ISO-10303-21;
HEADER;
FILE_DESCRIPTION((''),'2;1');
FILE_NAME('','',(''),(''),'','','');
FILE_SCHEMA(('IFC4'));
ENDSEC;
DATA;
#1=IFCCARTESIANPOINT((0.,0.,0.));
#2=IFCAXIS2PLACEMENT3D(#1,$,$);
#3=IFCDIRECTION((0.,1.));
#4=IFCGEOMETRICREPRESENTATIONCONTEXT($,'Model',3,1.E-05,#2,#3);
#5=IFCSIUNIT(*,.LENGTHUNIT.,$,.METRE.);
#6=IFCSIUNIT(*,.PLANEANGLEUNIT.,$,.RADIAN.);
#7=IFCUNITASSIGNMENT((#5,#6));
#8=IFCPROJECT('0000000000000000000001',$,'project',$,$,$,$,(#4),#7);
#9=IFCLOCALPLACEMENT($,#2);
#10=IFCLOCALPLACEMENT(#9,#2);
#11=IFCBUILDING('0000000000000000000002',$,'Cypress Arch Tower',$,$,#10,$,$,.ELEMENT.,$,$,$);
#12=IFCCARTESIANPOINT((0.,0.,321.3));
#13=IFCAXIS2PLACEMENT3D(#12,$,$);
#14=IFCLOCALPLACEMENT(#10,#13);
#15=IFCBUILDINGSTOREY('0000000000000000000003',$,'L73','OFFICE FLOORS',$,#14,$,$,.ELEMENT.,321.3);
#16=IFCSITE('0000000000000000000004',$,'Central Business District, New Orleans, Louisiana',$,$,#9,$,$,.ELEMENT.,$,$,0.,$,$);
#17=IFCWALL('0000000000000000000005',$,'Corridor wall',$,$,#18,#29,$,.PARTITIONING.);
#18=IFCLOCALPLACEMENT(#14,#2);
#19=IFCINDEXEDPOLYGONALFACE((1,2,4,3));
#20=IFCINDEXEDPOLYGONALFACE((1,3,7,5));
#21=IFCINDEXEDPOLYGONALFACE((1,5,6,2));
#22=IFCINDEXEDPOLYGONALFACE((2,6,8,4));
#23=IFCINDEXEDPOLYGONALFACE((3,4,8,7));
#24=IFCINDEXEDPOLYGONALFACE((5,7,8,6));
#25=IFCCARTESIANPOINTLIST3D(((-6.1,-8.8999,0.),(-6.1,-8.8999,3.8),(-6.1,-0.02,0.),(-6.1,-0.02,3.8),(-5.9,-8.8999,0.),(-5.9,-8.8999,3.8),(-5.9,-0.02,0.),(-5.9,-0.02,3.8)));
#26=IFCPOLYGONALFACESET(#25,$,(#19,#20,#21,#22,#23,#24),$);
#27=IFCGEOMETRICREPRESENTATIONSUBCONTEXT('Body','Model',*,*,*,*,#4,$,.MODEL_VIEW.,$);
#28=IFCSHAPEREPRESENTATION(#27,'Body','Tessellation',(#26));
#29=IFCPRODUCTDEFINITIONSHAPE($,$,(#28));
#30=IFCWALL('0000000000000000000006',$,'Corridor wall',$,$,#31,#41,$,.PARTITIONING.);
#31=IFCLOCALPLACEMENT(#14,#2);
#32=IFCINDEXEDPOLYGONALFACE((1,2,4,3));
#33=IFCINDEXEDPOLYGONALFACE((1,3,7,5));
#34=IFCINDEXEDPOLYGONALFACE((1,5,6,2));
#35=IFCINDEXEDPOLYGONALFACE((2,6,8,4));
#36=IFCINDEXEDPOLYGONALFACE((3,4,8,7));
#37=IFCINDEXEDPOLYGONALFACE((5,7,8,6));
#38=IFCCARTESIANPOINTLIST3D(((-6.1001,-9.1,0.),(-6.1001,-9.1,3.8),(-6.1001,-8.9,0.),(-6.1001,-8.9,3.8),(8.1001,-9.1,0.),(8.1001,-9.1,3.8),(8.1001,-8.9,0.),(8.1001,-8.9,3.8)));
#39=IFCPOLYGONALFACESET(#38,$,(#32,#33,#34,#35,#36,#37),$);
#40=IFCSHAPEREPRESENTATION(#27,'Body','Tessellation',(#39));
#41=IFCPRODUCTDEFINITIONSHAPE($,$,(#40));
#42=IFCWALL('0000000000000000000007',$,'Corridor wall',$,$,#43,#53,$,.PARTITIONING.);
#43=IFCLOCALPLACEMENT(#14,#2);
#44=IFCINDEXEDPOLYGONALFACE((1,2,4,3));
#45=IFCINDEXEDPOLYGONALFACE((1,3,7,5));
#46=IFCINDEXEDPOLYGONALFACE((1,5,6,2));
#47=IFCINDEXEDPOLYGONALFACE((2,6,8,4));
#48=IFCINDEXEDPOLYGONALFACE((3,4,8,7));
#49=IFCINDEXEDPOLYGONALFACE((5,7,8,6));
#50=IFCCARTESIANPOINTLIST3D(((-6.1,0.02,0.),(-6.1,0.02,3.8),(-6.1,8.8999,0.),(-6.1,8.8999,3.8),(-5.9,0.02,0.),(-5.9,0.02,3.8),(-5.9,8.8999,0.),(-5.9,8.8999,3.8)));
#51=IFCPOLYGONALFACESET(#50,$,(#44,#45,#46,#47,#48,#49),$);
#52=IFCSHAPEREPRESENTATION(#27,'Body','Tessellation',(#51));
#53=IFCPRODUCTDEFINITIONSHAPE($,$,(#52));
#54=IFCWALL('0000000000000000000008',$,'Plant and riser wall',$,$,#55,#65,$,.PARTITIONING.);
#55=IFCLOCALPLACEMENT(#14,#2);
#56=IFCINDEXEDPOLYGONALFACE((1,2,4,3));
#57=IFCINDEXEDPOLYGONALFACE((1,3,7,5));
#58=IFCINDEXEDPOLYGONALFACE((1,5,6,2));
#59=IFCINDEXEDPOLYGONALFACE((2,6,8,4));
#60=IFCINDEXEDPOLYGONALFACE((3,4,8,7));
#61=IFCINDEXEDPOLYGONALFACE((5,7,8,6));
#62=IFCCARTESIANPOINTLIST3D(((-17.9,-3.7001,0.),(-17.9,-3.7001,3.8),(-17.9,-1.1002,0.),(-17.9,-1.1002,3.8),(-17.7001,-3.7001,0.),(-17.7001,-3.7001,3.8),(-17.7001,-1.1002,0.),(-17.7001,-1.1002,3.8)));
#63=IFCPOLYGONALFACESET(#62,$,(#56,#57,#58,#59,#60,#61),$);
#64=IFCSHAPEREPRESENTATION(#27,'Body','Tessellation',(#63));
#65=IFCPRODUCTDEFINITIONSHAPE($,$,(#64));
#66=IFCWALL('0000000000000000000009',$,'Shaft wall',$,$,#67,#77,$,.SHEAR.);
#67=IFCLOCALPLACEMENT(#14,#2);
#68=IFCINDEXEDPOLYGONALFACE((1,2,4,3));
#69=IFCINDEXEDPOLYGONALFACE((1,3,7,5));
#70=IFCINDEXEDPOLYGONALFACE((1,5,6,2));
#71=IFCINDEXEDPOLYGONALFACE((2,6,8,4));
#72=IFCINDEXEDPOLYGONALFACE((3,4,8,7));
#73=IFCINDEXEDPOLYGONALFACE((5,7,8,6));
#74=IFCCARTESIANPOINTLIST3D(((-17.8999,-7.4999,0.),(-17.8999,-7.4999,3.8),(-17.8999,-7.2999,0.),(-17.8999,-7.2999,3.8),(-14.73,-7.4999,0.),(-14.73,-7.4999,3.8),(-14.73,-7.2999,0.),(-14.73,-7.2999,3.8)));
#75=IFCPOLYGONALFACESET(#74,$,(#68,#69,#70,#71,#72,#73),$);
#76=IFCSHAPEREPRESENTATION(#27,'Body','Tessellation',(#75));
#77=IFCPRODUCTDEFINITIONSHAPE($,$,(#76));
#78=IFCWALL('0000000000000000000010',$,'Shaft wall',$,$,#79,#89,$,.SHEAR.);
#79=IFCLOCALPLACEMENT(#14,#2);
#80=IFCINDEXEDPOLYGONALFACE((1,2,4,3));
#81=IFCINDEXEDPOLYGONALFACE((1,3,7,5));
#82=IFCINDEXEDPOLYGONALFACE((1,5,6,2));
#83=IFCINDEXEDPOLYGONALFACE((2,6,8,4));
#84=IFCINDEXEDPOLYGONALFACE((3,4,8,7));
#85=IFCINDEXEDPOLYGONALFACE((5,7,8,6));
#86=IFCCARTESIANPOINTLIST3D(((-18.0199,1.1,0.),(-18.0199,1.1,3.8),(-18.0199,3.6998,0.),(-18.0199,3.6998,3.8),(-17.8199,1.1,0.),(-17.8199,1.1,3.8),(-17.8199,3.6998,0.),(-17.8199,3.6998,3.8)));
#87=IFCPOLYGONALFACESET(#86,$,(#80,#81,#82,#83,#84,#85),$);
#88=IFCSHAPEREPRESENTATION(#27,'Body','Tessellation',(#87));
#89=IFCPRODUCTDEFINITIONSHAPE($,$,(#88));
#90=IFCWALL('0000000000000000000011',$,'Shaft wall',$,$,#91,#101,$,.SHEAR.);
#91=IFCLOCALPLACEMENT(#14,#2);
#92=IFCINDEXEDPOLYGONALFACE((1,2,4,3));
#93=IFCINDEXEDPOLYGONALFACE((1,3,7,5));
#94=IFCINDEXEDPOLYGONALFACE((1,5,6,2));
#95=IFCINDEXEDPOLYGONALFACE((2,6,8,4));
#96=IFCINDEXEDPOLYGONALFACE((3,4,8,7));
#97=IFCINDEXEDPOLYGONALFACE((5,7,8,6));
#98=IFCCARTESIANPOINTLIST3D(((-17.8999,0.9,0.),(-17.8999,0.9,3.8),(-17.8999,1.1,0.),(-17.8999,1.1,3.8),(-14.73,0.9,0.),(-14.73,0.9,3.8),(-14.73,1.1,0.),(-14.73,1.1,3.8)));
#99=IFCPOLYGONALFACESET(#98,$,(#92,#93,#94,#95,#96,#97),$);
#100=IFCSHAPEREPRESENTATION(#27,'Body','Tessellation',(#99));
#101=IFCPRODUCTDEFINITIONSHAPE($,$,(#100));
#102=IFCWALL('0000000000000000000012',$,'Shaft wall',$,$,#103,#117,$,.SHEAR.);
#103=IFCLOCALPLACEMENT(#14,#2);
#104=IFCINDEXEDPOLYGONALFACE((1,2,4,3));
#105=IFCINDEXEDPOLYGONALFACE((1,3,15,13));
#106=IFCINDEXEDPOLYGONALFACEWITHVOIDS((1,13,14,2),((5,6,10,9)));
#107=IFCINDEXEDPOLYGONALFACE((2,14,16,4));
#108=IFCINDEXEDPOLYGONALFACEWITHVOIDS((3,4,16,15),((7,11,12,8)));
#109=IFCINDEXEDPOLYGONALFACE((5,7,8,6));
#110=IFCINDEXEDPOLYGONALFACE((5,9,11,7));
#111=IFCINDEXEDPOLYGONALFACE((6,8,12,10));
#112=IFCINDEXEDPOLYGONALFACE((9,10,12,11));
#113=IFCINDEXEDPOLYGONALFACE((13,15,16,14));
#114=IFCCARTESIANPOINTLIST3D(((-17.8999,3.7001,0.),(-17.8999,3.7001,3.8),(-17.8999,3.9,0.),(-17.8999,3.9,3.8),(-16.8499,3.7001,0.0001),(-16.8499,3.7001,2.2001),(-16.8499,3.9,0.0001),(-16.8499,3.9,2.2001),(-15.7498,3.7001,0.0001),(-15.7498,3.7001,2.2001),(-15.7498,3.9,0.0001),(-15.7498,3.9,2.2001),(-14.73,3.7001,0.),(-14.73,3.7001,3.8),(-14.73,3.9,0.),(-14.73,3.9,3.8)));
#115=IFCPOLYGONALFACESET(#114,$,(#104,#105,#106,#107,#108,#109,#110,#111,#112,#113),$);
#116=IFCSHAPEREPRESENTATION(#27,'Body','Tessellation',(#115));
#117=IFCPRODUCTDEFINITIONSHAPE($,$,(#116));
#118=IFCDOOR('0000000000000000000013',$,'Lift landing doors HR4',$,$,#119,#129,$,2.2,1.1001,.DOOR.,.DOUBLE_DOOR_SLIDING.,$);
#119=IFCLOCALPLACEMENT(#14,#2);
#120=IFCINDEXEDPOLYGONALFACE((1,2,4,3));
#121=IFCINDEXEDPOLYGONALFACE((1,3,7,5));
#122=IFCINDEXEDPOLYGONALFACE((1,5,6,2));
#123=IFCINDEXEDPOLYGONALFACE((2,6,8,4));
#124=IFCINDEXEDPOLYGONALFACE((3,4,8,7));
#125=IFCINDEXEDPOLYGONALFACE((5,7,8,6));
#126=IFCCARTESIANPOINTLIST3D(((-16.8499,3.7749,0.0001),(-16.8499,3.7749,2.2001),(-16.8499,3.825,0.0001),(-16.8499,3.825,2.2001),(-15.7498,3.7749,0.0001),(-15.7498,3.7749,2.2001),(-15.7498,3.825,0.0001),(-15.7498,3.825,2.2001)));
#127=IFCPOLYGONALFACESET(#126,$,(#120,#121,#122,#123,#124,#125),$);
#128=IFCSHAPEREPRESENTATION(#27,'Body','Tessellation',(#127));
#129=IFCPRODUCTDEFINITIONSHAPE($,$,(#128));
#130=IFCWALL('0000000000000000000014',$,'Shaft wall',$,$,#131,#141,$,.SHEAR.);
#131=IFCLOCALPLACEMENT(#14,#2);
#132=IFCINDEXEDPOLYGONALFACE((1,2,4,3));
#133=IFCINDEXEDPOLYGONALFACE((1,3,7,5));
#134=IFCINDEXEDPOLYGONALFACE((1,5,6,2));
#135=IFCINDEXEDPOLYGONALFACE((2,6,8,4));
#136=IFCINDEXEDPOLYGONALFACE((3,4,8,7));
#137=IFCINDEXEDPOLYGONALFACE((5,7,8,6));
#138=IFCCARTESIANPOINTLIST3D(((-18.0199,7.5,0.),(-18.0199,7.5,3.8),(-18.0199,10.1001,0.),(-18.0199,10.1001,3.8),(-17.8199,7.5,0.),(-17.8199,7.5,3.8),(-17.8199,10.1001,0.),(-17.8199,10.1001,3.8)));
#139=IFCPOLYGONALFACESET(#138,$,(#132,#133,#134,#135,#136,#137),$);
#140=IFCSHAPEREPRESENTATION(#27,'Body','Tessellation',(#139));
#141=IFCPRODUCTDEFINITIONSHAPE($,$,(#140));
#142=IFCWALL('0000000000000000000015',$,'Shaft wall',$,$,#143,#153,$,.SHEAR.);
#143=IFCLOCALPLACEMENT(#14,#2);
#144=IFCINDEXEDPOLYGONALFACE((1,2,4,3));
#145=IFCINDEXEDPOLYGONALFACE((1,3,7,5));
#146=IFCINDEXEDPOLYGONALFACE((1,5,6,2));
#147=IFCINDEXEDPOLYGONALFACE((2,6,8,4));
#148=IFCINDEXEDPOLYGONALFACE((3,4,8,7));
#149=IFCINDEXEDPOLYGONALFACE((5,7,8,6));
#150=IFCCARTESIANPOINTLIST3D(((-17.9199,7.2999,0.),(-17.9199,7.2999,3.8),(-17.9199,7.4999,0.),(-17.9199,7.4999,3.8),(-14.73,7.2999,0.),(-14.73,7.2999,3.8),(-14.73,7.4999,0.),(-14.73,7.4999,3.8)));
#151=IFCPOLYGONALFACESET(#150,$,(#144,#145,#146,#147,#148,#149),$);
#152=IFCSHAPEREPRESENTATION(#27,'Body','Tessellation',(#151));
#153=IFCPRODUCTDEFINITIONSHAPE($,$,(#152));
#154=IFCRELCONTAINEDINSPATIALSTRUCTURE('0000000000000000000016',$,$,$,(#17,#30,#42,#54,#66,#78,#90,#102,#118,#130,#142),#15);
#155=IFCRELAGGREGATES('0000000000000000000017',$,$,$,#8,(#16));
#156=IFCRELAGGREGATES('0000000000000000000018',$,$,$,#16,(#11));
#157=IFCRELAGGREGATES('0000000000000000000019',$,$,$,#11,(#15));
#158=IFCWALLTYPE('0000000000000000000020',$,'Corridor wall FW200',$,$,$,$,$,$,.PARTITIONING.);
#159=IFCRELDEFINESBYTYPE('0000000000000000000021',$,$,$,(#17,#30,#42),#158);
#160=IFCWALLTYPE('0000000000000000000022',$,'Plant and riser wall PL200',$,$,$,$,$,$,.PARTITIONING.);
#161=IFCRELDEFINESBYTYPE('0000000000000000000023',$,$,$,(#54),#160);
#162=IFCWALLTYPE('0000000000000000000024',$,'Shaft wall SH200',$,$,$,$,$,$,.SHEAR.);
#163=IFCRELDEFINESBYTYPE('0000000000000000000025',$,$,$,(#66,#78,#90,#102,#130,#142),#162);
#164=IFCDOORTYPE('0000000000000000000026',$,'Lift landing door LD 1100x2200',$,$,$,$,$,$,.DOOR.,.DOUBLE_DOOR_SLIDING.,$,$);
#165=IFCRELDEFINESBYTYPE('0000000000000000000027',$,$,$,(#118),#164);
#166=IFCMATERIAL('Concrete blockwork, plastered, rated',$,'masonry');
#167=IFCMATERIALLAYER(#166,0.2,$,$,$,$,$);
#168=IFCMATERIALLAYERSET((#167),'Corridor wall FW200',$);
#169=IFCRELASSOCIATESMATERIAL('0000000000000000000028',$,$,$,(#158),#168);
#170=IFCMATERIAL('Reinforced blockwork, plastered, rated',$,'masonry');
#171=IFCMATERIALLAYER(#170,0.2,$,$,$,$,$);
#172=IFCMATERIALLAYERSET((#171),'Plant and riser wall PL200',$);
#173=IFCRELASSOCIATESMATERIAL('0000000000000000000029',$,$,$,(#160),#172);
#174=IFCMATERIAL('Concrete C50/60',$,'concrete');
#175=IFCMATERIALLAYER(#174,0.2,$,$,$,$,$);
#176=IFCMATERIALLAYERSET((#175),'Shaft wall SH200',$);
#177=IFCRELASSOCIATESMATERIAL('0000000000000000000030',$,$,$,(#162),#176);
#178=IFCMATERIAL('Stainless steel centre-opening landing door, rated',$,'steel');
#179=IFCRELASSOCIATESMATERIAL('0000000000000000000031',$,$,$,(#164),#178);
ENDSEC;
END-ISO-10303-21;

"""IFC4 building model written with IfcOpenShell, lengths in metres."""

from ifc_helpers import new_model, si_unit, direction, frame, frame_2d, origin, place, context, subcontext, project, spatial, rectangle, extrude, material, layer, layer_set, type_object, element, fill, save


model = new_model("IFC4")

# Units and contexts
model_context = context("Model", 3, precision=1e-05, world=origin(), true_north=direction((0.0, 1.0)))
body_context = subcontext(model_context, "Body", "Model", "MODEL_VIEW")
ifc_project = project(units=[si_unit("LENGTHUNIT", "METRE"), si_unit("PLANEANGLEUNIT", "RADIAN")], contexts=[model_context])

# Site, building, storey
site_placement = place(None, origin())
site = spatial("IfcSite", under=ifc_project, at=site_placement, Name="Central Business District, New Orleans, Louisiana", CompositionType="ELEMENT", RefElevation=0.0)
building_placement = place(site_placement, origin())
building = spatial("IfcBuilding", under=site, at=building_placement, Name="Cypress Arch Tower", CompositionType="ELEMENT")
storey_placement = place(building_placement, frame((0.0, 0.0, 321.3)))
storey = spatial("IfcBuildingStorey", under=building, at=storey_placement, Name="L73", Description="OFFICE FLOORS", CompositionType="ELEMENT", Elevation=321.3)

# Shared definitions
ifc_material_1 = material(Name="Concrete blockwork, plastered, rated", Category="masonry")
ifc_layer_1 = layer(ifc_material_1, 0.2)
ifc_layer_set_1 = layer_set([ifc_layer_1], Name="Corridor wall FW200")
wall_type_1 = type_object("IfcWallType", Name="Corridor wall FW200", PredefinedType="PARTITIONING", material=ifc_layer_set_1)

# Walls
wall_1_placement = place(storey_placement, frame((-6.0, -8.8999, 0.0), z_axis=(0.0, 0.0, 1.0), x_axis=(0.0, 1.0, 0.0)))
element("IfcWall", 1, at=wall_1_placement, inside=storey, type_object=wall_type_1, Name="Corridor wall", PredefinedType="PARTITIONING", context=body_context, shape_type="SweptSolid", body=[
    extrude(rectangle(XDim=8.8799, YDim=0.2, at=frame_2d((4.4399, 0.0))), origin(), (0.0, 0.0, 1.0), 3.8),
])
wall_2_placement = place(storey_placement, frame((-6.1001, -9.0, 0.0), z_axis=(0.0, 0.0, 1.0), x_axis=(1.0, 0.0, 0.0)))
element("IfcWall", 2, at=wall_2_placement, inside=storey, type_object=wall_type_1, Name="Corridor wall", PredefinedType="PARTITIONING", context=body_context, shape_type="SweptSolid", body=[
    extrude(rectangle(XDim=14.2002, YDim=0.2, at=frame_2d((7.1001, 0.0))), origin(), (0.0, 0.0, 1.0), 3.8),
])
wall_3_placement = place(storey_placement, frame((-6.0, 0.02, 0.0), z_axis=(0.0, 0.0, 1.0), x_axis=(0.0, 1.0, 0.0)))
element("IfcWall", 3, at=wall_3_placement, inside=storey, type_object=wall_type_1, Name="Corridor wall", PredefinedType="PARTITIONING", context=body_context, shape_type="SweptSolid", body=[
    extrude(rectangle(XDim=8.8799, YDim=0.2, at=frame_2d((4.4399, 0.0))), origin(), (0.0, 0.0, 1.0), 3.8),
])
ifc_material_2 = material(Name="Reinforced blockwork, plastered, rated", Category="masonry")
ifc_layer_2 = layer(ifc_material_2, 0.2)
ifc_layer_set_2 = layer_set([ifc_layer_2], Name="Plant and riser wall PL200")
wall_type_2 = type_object("IfcWallType", Name="Plant and riser wall PL200", PredefinedType="PARTITIONING", material=ifc_layer_set_2)
wall_4_placement = place(storey_placement, frame((-17.8, -3.7, 0.0), z_axis=(0.0, 0.0, 1.0), x_axis=(0.0, 1.0, 0.0)))
element("IfcWall", 4, at=wall_4_placement, inside=storey, type_object=wall_type_2, Name="Plant and riser wall", PredefinedType="PARTITIONING", context=body_context, shape_type="SweptSolid", body=[
    extrude(rectangle(XDim=2.5999, YDim=0.2, at=frame_2d((1.2998, 0.0))), origin(), (0.0, 0.0, 1.0), 3.8),
])
ifc_material_3 = material(Name="Concrete C50/60", Category="concrete")
ifc_layer_3 = layer(ifc_material_3, 0.2)
ifc_layer_set_3 = layer_set([ifc_layer_3], Name="Shaft wall SH200")
wall_type_3 = type_object("IfcWallType", Name="Shaft wall SH200", PredefinedType="SHEAR", material=ifc_layer_set_3)
wall_5_placement = place(storey_placement, frame((-17.8999, -7.3999, 0.0), z_axis=(0.0, 0.0, 1.0), x_axis=(1.0, 0.0, 0.0)))
element("IfcWall", 5, at=wall_5_placement, inside=storey, type_object=wall_type_3, Name="Shaft wall", PredefinedType="SHEAR", context=body_context, shape_type="SweptSolid", body=[
    extrude(rectangle(XDim=3.1699, YDim=0.2, at=frame_2d((1.585, 0.0))), origin(), (0.0, 0.0, 1.0), 3.8),
])
wall_6_placement = place(storey_placement, frame((-17.9199, 1.1001, 0.0), z_axis=(0.0, 0.0, 1.0), x_axis=(0.0, 1.0, 0.0)))
element("IfcWall", 6, at=wall_6_placement, inside=storey, type_object=wall_type_3, Name="Shaft wall", PredefinedType="SHEAR", context=body_context, shape_type="SweptSolid", body=[
    extrude(rectangle(XDim=2.5999, YDim=0.2, at=frame_2d((1.2998, 0.0))), origin(), (0.0, 0.0, 1.0), 3.8),
])
wall_7_placement = place(storey_placement, frame((-17.8999, 1.0, 0.0), z_axis=(0.0, 0.0, 1.0), x_axis=(1.0, 0.0, 0.0)))
element("IfcWall", 7, at=wall_7_placement, inside=storey, type_object=wall_type_3, Name="Shaft wall", PredefinedType="SHEAR", context=body_context, shape_type="SweptSolid", body=[
    extrude(rectangle(XDim=3.1699, YDim=0.2, at=frame_2d((1.585, 0.0))), origin(), (0.0, 0.0, 1.0), 3.8),
])

# Wall, opening, door
wall_8_placement = place(storey_placement, frame((-17.8999, 3.8, 0.0), z_axis=(0.0, 0.0, 1.0), x_axis=(1.0, 0.0, 0.0)))
wall_8 = element("IfcWall", 8, at=wall_8_placement, inside=storey, type_object=wall_type_3, Name="Shaft wall", PredefinedType="SHEAR", context=body_context, shape_type="SweptSolid", body=[
    extrude(rectangle(XDim=3.1699, YDim=0.2, at=frame_2d((1.585, 0.0))), origin(), (0.0, 0.0, 1.0), 3.8),
])
opening_1_placement = place(wall_8_placement, frame((1.05, 0.0, 0.0)))
opening_1 = element("IfcOpeningElement", 9, at=opening_1_placement, cuts=wall_8, PredefinedType="OPENING", context=body_context, shape_type="SweptSolid", body=[
    extrude(rectangle(XDim=1.1001, YDim=2.2, at=frame_2d((0.55, 1.1001))), frame((0.0, 0.1099, 0.0), z_axis=(0.0, -1.0, 0.0), x_axis=(1.0, 0.0, 0.0)), (0.0, 0.0, 1.0), 0.22),
])
ifc_material_4 = material(Name="Stainless steel centre-opening landing door, rated", Category="steel")
door_type_1 = type_object("IfcDoorType", Name="Lift landing door LD 1100x2200", OperationType="DOUBLE_DOOR_SLIDING", PredefinedType="DOOR", material=ifc_material_4)
door_1_placement = place(opening_1_placement, origin())
door_1 = element("IfcDoor", 10, at=door_1_placement, inside=storey, type_object=door_type_1, Name="Lift landing doors HR4", OperationType="DOUBLE_DOOR_SLIDING", OverallHeight=2.2, OverallWidth=1.1001, PredefinedType="DOOR", context=body_context, shape_type="SweptSolid", body=[
    extrude(rectangle(XDim=1.1001, YDim=2.2, at=frame_2d((0.55, 1.1001))), frame((0.0, 0.0249, 0.0), z_axis=(0.0, -1.0, 0.0), x_axis=(1.0, 0.0, 0.0)), (0.0, 0.0, 1.0), 0.05),
])
fill(opening_1, door_1)

# Walls
wall_9_placement = place(storey_placement, frame((-17.9199, 7.5, 0.0), z_axis=(0.0, 0.0, 1.0), x_axis=(0.0, 1.0, 0.0)))
element("IfcWall", 11, at=wall_9_placement, inside=storey, type_object=wall_type_3, Name="Shaft wall", PredefinedType="SHEAR", context=body_context, shape_type="SweptSolid", body=[
    extrude(rectangle(XDim=2.6001, YDim=0.2, at=frame_2d((1.3, 0.0))), origin(), (0.0, 0.0, 1.0), 3.8),
])
wall_10_placement = place(storey_placement, frame((-17.9199, 7.3999, 0.0), z_axis=(0.0, 0.0, 1.0), x_axis=(1.0, 0.0, 0.0)))
element("IfcWall", 12, at=wall_10_placement, inside=storey, type_object=wall_type_3, Name="Shaft wall", PredefinedType="SHEAR", context=body_context, shape_type="SweptSolid", body=[
    extrude(rectangle(XDim=3.1899, YDim=0.2, at=frame_2d((1.595, 0.0))), origin(), (0.0, 0.0, 1.0), 3.8),
])

save(model, "model.ifc")
